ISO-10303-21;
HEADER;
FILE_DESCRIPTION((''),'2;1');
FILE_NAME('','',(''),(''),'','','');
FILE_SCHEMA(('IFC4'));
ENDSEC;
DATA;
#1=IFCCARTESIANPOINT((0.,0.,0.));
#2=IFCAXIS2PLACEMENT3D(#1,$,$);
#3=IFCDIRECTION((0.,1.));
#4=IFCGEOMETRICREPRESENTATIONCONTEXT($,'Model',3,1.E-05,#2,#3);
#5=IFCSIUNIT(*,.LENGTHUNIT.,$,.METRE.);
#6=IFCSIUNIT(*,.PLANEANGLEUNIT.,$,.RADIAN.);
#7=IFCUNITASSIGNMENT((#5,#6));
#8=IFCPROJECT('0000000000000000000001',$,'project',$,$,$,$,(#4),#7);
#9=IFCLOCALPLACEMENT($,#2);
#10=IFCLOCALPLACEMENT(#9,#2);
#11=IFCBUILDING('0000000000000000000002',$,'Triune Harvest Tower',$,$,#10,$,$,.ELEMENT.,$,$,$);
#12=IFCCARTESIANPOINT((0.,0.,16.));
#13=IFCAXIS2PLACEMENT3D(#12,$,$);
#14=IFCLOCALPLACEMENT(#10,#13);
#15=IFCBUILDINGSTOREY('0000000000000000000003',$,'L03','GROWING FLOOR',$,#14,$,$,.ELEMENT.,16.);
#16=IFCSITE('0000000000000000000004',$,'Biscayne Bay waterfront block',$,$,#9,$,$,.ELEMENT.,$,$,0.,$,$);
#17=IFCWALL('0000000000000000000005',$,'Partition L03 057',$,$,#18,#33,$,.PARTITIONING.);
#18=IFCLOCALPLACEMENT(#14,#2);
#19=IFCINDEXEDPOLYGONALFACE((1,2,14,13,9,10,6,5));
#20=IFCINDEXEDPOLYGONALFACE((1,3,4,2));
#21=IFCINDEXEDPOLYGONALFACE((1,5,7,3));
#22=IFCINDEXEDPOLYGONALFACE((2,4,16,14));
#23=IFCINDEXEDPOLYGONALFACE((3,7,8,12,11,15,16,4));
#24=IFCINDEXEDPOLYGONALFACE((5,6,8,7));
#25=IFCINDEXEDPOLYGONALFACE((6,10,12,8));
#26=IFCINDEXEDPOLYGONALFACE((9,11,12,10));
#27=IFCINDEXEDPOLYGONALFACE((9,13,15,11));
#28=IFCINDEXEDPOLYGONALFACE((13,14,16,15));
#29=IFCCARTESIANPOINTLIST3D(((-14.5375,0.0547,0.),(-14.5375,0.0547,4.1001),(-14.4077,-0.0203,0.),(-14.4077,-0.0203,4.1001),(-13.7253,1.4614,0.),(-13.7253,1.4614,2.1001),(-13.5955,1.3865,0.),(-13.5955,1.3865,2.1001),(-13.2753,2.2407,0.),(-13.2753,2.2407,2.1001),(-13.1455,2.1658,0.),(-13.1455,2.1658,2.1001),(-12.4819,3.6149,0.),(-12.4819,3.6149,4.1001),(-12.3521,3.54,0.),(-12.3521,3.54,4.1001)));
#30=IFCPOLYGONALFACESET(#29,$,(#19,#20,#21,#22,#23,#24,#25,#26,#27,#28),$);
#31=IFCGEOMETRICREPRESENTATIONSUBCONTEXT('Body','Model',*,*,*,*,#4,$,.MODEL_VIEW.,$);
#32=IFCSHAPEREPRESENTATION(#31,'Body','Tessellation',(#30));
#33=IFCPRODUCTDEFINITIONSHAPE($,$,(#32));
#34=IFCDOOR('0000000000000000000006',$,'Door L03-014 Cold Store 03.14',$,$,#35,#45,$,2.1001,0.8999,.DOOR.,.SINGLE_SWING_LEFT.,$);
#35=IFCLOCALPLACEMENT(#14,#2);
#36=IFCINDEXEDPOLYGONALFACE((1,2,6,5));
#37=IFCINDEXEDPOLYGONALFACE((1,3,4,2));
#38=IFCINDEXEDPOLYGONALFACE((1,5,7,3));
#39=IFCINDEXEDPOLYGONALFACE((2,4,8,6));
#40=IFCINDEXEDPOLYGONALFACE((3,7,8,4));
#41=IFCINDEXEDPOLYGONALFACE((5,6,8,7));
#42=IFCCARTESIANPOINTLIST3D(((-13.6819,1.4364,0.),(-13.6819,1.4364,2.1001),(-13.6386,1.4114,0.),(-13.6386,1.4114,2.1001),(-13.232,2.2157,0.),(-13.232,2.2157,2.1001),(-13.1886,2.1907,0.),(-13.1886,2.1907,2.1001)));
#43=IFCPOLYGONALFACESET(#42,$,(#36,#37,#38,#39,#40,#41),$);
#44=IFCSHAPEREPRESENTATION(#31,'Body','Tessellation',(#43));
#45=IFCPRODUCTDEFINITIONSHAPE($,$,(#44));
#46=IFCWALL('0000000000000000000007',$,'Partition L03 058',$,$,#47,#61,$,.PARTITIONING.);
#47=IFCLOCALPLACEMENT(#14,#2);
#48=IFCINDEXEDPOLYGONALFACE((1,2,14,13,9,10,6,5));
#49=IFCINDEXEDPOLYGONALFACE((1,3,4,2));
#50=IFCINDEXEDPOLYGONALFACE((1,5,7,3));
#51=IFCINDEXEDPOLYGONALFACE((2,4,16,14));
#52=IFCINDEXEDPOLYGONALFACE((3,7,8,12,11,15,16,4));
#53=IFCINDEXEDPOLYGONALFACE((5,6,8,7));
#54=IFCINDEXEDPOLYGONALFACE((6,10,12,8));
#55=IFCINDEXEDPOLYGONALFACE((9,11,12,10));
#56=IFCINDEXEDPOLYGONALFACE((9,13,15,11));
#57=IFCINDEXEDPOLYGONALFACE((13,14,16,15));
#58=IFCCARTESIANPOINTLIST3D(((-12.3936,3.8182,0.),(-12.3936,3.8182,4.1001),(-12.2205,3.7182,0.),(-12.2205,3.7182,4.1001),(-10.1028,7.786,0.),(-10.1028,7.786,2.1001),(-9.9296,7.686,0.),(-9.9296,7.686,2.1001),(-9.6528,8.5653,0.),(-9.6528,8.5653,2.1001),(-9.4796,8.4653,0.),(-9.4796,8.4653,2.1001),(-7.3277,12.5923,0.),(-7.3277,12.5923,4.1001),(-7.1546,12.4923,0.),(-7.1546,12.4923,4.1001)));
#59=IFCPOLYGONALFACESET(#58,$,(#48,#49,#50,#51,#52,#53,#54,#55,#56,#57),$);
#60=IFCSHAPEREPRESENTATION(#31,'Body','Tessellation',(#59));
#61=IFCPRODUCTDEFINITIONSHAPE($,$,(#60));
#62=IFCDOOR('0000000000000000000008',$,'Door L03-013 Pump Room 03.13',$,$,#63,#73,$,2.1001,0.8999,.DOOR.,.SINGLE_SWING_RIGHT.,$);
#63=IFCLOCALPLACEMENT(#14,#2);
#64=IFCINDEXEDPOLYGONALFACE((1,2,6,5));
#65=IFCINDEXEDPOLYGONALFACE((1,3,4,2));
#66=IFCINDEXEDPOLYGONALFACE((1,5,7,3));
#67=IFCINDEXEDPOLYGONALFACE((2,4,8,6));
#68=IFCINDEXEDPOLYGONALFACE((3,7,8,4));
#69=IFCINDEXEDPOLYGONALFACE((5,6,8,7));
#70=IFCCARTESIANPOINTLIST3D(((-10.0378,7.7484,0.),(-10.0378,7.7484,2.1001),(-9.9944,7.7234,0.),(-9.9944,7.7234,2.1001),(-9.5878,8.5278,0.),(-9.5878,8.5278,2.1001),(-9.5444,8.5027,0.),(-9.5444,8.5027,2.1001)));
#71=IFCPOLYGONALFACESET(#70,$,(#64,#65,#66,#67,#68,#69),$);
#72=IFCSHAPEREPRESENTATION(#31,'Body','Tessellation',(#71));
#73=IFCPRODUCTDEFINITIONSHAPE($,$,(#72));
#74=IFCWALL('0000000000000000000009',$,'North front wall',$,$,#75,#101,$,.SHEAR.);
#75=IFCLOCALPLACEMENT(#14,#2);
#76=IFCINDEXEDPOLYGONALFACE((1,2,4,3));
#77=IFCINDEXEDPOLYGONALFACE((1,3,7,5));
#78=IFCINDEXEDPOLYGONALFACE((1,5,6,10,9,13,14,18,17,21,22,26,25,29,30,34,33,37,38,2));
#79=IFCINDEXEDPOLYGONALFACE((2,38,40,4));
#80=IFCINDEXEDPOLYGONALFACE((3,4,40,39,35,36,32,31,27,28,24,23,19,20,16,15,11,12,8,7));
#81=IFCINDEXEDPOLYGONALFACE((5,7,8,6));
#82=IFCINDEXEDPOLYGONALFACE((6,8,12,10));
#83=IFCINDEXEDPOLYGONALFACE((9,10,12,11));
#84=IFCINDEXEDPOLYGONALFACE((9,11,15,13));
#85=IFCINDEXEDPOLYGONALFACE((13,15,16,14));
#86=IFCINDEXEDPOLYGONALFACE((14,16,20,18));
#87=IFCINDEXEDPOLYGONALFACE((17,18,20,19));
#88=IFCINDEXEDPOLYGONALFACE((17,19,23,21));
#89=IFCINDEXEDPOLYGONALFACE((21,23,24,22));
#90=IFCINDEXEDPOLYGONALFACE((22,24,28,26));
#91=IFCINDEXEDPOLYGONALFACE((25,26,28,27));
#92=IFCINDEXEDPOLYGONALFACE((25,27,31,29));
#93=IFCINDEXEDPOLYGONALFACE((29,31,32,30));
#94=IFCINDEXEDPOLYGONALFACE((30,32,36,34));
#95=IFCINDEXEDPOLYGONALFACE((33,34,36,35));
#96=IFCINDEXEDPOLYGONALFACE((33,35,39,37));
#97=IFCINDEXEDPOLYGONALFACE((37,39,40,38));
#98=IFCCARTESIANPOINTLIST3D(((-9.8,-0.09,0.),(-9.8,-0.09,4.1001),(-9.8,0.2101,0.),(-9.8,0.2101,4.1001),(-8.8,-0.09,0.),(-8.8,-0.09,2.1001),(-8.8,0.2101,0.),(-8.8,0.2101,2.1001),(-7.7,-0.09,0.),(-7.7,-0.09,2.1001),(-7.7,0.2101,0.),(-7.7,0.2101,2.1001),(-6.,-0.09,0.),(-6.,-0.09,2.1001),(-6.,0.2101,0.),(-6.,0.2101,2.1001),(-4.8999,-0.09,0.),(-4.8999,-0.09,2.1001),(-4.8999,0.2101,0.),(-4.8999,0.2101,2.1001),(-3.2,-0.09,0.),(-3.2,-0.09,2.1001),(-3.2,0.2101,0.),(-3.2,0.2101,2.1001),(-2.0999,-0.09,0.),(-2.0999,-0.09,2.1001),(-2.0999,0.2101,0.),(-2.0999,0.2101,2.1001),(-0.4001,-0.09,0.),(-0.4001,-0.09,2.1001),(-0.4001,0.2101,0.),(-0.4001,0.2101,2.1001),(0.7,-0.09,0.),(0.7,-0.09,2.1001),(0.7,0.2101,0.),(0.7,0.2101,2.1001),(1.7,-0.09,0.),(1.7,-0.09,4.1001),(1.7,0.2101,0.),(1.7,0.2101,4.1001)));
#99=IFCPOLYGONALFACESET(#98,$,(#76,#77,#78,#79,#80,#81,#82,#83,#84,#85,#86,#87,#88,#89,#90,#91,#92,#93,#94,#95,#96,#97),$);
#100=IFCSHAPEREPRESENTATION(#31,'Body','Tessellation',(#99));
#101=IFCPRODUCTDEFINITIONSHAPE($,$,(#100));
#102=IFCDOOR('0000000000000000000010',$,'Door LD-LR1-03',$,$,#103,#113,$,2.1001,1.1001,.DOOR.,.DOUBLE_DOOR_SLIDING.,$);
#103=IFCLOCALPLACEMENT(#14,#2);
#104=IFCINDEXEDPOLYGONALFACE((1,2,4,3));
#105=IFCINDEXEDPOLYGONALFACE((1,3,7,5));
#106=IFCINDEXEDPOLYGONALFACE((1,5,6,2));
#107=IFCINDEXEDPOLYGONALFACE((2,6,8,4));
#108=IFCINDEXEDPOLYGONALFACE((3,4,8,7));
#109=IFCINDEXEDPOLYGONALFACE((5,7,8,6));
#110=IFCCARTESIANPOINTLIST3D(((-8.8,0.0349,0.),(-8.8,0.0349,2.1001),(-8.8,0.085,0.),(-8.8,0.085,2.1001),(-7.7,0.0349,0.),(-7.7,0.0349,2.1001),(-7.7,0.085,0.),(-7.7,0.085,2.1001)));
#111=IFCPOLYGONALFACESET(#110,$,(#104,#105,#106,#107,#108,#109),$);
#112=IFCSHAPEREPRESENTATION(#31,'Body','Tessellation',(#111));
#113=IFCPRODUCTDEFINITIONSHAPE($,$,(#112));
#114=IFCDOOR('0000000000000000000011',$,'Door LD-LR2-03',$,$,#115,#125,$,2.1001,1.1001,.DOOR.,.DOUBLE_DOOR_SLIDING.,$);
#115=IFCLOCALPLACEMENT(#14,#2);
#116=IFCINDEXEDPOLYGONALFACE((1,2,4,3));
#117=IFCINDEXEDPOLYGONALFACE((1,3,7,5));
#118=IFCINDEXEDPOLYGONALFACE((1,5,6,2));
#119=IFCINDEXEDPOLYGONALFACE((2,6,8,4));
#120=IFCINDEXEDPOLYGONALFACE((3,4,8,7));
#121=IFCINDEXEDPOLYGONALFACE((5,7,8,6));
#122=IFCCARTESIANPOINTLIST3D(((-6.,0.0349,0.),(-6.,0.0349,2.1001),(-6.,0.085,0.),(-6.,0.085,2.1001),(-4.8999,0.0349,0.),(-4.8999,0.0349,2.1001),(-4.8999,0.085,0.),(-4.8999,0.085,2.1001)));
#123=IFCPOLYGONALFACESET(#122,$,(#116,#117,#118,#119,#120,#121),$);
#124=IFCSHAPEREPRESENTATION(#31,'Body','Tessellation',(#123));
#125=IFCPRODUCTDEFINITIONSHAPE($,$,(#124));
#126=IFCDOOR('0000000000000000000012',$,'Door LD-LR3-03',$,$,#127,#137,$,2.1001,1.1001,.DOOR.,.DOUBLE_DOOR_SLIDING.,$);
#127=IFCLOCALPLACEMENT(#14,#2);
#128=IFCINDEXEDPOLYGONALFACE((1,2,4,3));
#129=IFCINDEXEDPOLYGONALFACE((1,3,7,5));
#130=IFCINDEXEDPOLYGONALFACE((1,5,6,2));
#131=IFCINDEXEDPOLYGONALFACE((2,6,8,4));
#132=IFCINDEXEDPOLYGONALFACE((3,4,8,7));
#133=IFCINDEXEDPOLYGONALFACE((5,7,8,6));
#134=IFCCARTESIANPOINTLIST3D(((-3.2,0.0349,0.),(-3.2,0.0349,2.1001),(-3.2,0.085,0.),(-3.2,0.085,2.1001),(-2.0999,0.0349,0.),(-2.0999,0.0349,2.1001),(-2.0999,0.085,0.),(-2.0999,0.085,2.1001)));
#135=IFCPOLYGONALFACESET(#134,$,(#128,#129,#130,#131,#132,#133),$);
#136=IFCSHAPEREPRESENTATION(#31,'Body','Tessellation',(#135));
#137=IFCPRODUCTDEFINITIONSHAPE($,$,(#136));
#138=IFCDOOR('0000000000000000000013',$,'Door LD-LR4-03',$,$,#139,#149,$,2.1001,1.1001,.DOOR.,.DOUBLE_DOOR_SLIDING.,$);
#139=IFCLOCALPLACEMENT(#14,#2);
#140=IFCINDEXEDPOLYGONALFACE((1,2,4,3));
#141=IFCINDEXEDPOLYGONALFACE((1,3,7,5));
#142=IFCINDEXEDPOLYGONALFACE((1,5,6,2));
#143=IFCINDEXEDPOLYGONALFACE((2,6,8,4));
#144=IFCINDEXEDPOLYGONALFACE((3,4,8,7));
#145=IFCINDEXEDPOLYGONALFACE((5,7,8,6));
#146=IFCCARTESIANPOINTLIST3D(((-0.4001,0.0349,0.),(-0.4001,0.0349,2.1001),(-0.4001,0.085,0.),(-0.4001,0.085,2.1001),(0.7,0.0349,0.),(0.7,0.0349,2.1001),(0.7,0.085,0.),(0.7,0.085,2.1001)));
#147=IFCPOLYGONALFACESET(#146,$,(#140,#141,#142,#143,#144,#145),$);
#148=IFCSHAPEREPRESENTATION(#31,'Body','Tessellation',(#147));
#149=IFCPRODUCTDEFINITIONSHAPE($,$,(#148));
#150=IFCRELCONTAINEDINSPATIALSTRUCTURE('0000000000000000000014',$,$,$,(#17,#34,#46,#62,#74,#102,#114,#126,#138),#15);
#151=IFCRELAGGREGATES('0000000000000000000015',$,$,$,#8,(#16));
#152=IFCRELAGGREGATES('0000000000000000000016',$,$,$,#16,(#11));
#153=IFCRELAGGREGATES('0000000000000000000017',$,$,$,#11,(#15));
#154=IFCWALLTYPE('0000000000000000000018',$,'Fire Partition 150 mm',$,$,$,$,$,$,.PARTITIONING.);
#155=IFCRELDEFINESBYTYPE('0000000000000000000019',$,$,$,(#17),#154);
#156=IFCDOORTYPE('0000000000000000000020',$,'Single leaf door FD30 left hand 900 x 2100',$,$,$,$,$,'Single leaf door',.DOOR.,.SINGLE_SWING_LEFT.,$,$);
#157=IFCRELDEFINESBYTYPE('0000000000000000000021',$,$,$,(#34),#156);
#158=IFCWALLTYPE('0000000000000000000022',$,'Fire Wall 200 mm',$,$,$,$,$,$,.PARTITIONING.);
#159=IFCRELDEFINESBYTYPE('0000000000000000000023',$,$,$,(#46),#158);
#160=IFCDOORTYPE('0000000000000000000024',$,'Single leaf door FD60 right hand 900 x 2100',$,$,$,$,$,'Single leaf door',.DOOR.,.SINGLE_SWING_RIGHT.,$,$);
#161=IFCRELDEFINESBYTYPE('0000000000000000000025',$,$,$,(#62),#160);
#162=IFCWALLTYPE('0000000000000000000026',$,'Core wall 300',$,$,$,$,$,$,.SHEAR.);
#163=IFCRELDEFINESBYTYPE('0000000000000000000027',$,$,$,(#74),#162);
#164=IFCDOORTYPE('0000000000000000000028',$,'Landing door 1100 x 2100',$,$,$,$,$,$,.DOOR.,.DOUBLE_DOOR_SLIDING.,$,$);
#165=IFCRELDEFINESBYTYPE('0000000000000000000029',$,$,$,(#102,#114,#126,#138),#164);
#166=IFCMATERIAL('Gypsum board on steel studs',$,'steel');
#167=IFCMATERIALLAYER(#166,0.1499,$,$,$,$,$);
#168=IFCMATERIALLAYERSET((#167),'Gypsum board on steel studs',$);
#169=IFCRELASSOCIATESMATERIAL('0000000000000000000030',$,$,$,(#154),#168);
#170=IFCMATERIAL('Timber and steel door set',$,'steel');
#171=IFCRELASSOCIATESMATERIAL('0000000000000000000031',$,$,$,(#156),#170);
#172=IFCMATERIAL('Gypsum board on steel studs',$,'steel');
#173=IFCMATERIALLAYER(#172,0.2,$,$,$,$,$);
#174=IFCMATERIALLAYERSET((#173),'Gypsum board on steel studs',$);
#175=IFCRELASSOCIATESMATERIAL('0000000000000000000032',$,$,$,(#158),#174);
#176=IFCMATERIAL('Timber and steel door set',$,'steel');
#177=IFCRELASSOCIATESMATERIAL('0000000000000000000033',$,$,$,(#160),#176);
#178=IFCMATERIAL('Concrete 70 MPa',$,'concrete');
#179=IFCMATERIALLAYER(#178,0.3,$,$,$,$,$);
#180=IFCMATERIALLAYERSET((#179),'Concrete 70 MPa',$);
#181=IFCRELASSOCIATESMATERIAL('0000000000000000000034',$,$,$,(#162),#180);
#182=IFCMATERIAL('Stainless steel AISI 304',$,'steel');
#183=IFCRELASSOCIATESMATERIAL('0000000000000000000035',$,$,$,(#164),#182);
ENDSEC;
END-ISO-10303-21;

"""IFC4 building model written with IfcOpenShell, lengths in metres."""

from ifc_helpers import new_model, si_unit, direction, frame, frame_2d, origin, place, context, subcontext, project, spatial, rectangle, extrude, source, transform, mapped, material, layer, layer_set, type_object, element, fill, save


model = new_model("IFC4")

# Units and contexts
model_context = context("Model", 3, precision=1e-05, world=origin(), true_north=direction((0.0, 1.0)))
body_context = subcontext(model_context, "Body", "Model", "MODEL_VIEW")
ifc_project = project(units=[si_unit("LENGTHUNIT", "METRE"), si_unit("PLANEANGLEUNIT", "RADIAN")], contexts=[model_context])

# Site, building, storey
site_placement = place(None, origin())
site = spatial("IfcSite", under=ifc_project, at=site_placement, Name="Biscayne Bay waterfront block", CompositionType="ELEMENT", RefElevation=0.0)
building_placement = place(site_placement, origin())
building = spatial("IfcBuilding", under=site, at=building_placement, Name="Triune Harvest Tower", CompositionType="ELEMENT")
storey_placement = place(building_placement, frame((0.0, 0.0, 16.0)))
storey = spatial("IfcBuildingStorey", under=building, at=storey_placement, Name="L03", Description="GROWING FLOOR", CompositionType="ELEMENT", Elevation=16.0)

# Walls, openings, doors
ifc_material_1 = material(Name="Gypsum board on steel studs", Category="steel")
ifc_layer_1 = layer(ifc_material_1, 0.1499)
ifc_layer_set_1 = layer_set([ifc_layer_1], Name="Gypsum board on steel studs")
wall_type_1 = type_object("IfcWallType", Name="Fire Partition 150 mm", PredefinedType="PARTITIONING", material=ifc_layer_set_1)
wall_1_placement = place(storey_placement, frame((-14.4727, 0.0171, 0.0), z_axis=(0.0, 0.0, 1.0), x_axis=(0.500022, 0.866013, 0.0)))
wall_1 = element("IfcWall", 1, at=wall_1_placement, inside=storey, type_object=wall_type_1, Name="Partition L03 057", PredefinedType="PARTITIONING", context=body_context, shape_type="SweptSolid", body=[
    extrude(rectangle(XDim=4.1111, YDim=0.1499, at=frame_2d((2.0557, 0.0))), origin(), (0.0, 0.0, 1.0), 4.1001),
])
opening_1_placement = place(wall_1_placement, frame((1.6245, 0.0, 0.0)))
opening_1 = element("IfcOpeningElement", 2, at=opening_1_placement, cuts=wall_1, PredefinedType="OPENING", context=body_context, shape_type="SweptSolid", body=[
    extrude(rectangle(XDim=0.8999, YDim=2.1001, at=frame_2d((0.45, 1.05))), frame((0.0, 0.085, 0.0), z_axis=(0.0, -1.0, 0.0), x_axis=(1.0, 0.0, 0.0)), (0.0, 0.0, 1.0), 0.1699),
])
ifc_material_2 = material(Name="Timber and steel door set", Category="steel")
door_type_1 = type_object("IfcDoorType", Name="Single leaf door FD30 left hand 900 x 2100", ElementType="Single leaf door", OperationType="SINGLE_SWING_LEFT", PredefinedType="DOOR", material=ifc_material_2)
door_1_placement = place(opening_1_placement, origin())
door_1 = element("IfcDoor", 3, at=door_1_placement, inside=storey, type_object=door_type_1, Name="Door L03-014 Cold Store 03.14", OperationType="SINGLE_SWING_LEFT", OverallHeight=2.1001, OverallWidth=0.8999, PredefinedType="DOOR", context=body_context, shape_type="SweptSolid", body=[
    extrude(rectangle(XDim=0.8999, YDim=2.1001, at=frame_2d((0.45, 1.05))), frame((0.0, 0.0249, 0.0), z_axis=(0.0, -1.0, 0.0), x_axis=(1.0, 0.0, 0.0)), (0.0, 0.0, 1.0), 0.05),
])
fill(opening_1, door_1)
ifc_material_3 = material(Name="Gypsum board on steel studs", Category="steel")
ifc_layer_2 = layer(ifc_material_3, 0.2)
ifc_layer_set_2 = layer_set([ifc_layer_2], Name="Gypsum board on steel studs")
wall_type_2 = type_object("IfcWallType", Name="Fire Wall 200 mm", PredefinedType="PARTITIONING", material=ifc_layer_set_2)
wall_2_placement = place(storey_placement, frame((-12.3071, 3.7681, 0.0), z_axis=(0.0, 0.0, 1.0), x_axis=(0.500011, 0.866019, 0.0)))
wall_2 = element("IfcWall", 4, at=wall_2_placement, inside=storey, type_object=wall_type_2, Name="Partition L03 058", PredefinedType="PARTITIONING", context=body_context, shape_type="SweptSolid", body=[
    extrude(rectangle(XDim=10.1316, YDim=0.2, at=frame_2d((5.0659, 0.0))), origin(), (0.0, 0.0, 1.0), 4.1001),
])
opening_2_placement = place(wall_2_placement, frame((4.5818, 0.0, 0.0)))
opening_2 = element("IfcOpeningElement", 5, at=opening_2_placement, cuts=wall_2, PredefinedType="OPENING", context=body_context, shape_type="SweptSolid", body=[
    extrude(rectangle(XDim=0.8999, YDim=2.1001, at=frame_2d((0.45, 1.05))), frame((0.0, 0.1099, 0.0), z_axis=(0.0, -1.0, 0.0), x_axis=(1.0, 0.0, 0.0)), (0.0, 0.0, 1.0), 0.22),
])
ifc_material_4 = material(Name="Timber and steel door set", Category="steel")
door_type_2 = type_object("IfcDoorType", Name="Single leaf door FD60 right hand 900 x 2100", ElementType="Single leaf door", OperationType="SINGLE_SWING_RIGHT", PredefinedType="DOOR", material=ifc_material_4)
door_2_placement = place(opening_2_placement, origin())
door_2 = element("IfcDoor", 6, at=door_2_placement, inside=storey, type_object=door_type_2, Name="Door L03-013 Pump Room 03.13", OperationType="SINGLE_SWING_RIGHT", OverallHeight=2.1001, OverallWidth=0.8999, PredefinedType="DOOR", context=body_context, shape_type="SweptSolid", body=[
    extrude(rectangle(XDim=0.8999, YDim=2.1001, at=frame_2d((0.45, 1.05))), frame((0.0, 0.0249, 0.0), z_axis=(0.0, -1.0, 0.0), x_axis=(1.0, 0.0, 0.0)), (0.0, 0.0, 1.0), 0.05),
])
fill(opening_2, door_2)

# Wall, openings, doors
ifc_material_5 = material(Name="Concrete 70 MPa", Category="concrete")
ifc_layer_3 = layer(ifc_material_5, 0.3)
ifc_layer_set_3 = layer_set([ifc_layer_3], Name="Concrete 70 MPa")
wall_type_3 = type_object("IfcWallType", Name="Core wall 300", PredefinedType="SHEAR", material=ifc_layer_set_3)
shared_shape_1 = source(origin(), body_context, "Body", "SweptSolid", [
    extrude(rectangle(XDim=11.5, YDim=0.3, at=frame_2d((5.75, 0.0))), origin(), (0.0, 0.0, 1.0), 4.1001),
])
wall_3_placement = place(storey_placement, frame((-9.8, 0.0601, 0.0), z_axis=(0.0, 0.0, 1.0), x_axis=(1.0, 0.0, 0.0)))
wall_3 = element("IfcWall", 7, at=wall_3_placement, inside=storey, type_object=wall_type_3, Name="North front wall", PredefinedType="SHEAR", context=body_context, shape_type="MappedRepresentation", body=[
    mapped(shared_shape_1, transform((0.0, 0.0, 0.0), scale=1.0)),
])
opening_3_placement = place(wall_3_placement, frame((1.0, 0.0, 0.0)))
opening_3 = element("IfcOpeningElement", 8, at=opening_3_placement, cuts=wall_3, PredefinedType="OPENING", context=body_context, shape_type="SweptSolid", body=[
    extrude(rectangle(XDim=1.1001, YDim=2.1001, at=frame_2d((0.55, 1.05))), frame((0.0, 0.1602, 0.0), z_axis=(0.0, -1.0, 0.0), x_axis=(1.0, 0.0, 0.0)), (0.0, 0.0, 1.0), 0.3201),
])
opening_4_placement = place(wall_3_placement, frame((3.8, 0.0, 0.0)))
opening_4 = element("IfcOpeningElement", 9, at=opening_4_placement, cuts=wall_3, PredefinedType="OPENING", context=body_context, shape_type="SweptSolid", body=[
    extrude(rectangle(XDim=1.1001, YDim=2.1001, at=frame_2d((0.55, 1.05))), frame((0.0, 0.1602, 0.0), z_axis=(0.0, -1.0, 0.0), x_axis=(1.0, 0.0, 0.0)), (0.0, 0.0, 1.0), 0.3201),
])
opening_5_placement = place(wall_3_placement, frame((6.6001, 0.0, 0.0)))
opening_5 = element("IfcOpeningElement", 10, at=opening_5_placement, cuts=wall_3, PredefinedType="OPENING", context=body_context, shape_type="SweptSolid", body=[
    extrude(rectangle(XDim=1.1001, YDim=2.1001, at=frame_2d((0.55, 1.05))), frame((0.0, 0.1602, 0.0), z_axis=(0.0, -1.0, 0.0), x_axis=(1.0, 0.0, 0.0)), (0.0, 0.0, 1.0), 0.3201),
])
opening_6_placement = place(wall_3_placement, frame((9.3999, 0.0, 0.0)))
opening_6 = element("IfcOpeningElement", 11, at=opening_6_placement, cuts=wall_3, PredefinedType="OPENING", context=body_context, shape_type="SweptSolid", body=[
    extrude(rectangle(XDim=1.1001, YDim=2.1001, at=frame_2d((0.55, 1.05))), frame((0.0, 0.1602, 0.0), z_axis=(0.0, -1.0, 0.0), x_axis=(1.0, 0.0, 0.0)), (0.0, 0.0, 1.0), 0.3201),
])
ifc_material_6 = material(Name="Stainless steel AISI 304", Category="steel")
door_type_3 = type_object("IfcDoorType", Name="Landing door 1100 x 2100", OperationType="DOUBLE_DOOR_SLIDING", PredefinedType="DOOR", material=ifc_material_6)
door_3_placement = place(opening_3_placement, origin())
door_3 = element("IfcDoor", 12, at=door_3_placement, inside=storey, type_object=door_type_3, Name="Door LD-LR1-03", OperationType="DOUBLE_DOOR_SLIDING", OverallHeight=2.1001, OverallWidth=1.1001, PredefinedType="DOOR", context=body_context, shape_type="SweptSolid", body=[
    extrude(rectangle(XDim=1.1001, YDim=2.1001, at=frame_2d((0.55, 1.05))), frame((0.0, 0.0249, 0.0), z_axis=(0.0, -1.0, 0.0), x_axis=(1.0, 0.0, 0.0)), (0.0, 0.0, 1.0), 0.05),
])
fill(opening_3, door_3)
door_4_placement = place(opening_4_placement, origin())
door_4 = element("IfcDoor", 13, at=door_4_placement, inside=storey, type_object=door_type_3, Name="Door LD-LR2-03", OperationType="DOUBLE_DOOR_SLIDING", OverallHeight=2.1001, OverallWidth=1.1001, PredefinedType="DOOR", context=body_context, shape_type="SweptSolid", body=[
    extrude(rectangle(XDim=1.1001, YDim=2.1001, at=frame_2d((0.55, 1.05))), frame((0.0, 0.0249, 0.0), z_axis=(0.0, -1.0, 0.0), x_axis=(1.0, 0.0, 0.0)), (0.0, 0.0, 1.0), 0.05),
])
fill(opening_4, door_4)
door_5_placement = place(opening_5_placement, origin())
door_5 = element("IfcDoor", 14, at=door_5_placement, inside=storey, type_object=door_type_3, Name="Door LD-LR3-03", OperationType="DOUBLE_DOOR_SLIDING", OverallHeight=2.1001, OverallWidth=1.1001, PredefinedType="DOOR", context=body_context, shape_type="SweptSolid", body=[
    extrude(rectangle(XDim=1.1001, YDim=2.1001, at=frame_2d((0.55, 1.05))), frame((0.0, 0.0249, 0.0), z_axis=(0.0, -1.0, 0.0), x_axis=(1.0, 0.0, 0.0)), (0.0, 0.0, 1.0), 0.05),
])
fill(opening_5, door_5)
door_6_placement = place(opening_6_placement, origin())
door_6 = element("IfcDoor", 15, at=door_6_placement, inside=storey, type_object=door_type_3, Name="Door LD-LR4-03", OperationType="DOUBLE_DOOR_SLIDING", OverallHeight=2.1001, OverallWidth=1.1001, PredefinedType="DOOR", context=body_context, shape_type="SweptSolid", body=[
    extrude(rectangle(XDim=1.1001, YDim=2.1001, at=frame_2d((0.55, 1.05))), frame((0.0, 0.0249, 0.0), z_axis=(0.0, -1.0, 0.0), x_axis=(1.0, 0.0, 0.0)), (0.0, 0.0, 1.0), 0.05),
])
fill(opening_6, door_6)

save(model, "model.ifc")
